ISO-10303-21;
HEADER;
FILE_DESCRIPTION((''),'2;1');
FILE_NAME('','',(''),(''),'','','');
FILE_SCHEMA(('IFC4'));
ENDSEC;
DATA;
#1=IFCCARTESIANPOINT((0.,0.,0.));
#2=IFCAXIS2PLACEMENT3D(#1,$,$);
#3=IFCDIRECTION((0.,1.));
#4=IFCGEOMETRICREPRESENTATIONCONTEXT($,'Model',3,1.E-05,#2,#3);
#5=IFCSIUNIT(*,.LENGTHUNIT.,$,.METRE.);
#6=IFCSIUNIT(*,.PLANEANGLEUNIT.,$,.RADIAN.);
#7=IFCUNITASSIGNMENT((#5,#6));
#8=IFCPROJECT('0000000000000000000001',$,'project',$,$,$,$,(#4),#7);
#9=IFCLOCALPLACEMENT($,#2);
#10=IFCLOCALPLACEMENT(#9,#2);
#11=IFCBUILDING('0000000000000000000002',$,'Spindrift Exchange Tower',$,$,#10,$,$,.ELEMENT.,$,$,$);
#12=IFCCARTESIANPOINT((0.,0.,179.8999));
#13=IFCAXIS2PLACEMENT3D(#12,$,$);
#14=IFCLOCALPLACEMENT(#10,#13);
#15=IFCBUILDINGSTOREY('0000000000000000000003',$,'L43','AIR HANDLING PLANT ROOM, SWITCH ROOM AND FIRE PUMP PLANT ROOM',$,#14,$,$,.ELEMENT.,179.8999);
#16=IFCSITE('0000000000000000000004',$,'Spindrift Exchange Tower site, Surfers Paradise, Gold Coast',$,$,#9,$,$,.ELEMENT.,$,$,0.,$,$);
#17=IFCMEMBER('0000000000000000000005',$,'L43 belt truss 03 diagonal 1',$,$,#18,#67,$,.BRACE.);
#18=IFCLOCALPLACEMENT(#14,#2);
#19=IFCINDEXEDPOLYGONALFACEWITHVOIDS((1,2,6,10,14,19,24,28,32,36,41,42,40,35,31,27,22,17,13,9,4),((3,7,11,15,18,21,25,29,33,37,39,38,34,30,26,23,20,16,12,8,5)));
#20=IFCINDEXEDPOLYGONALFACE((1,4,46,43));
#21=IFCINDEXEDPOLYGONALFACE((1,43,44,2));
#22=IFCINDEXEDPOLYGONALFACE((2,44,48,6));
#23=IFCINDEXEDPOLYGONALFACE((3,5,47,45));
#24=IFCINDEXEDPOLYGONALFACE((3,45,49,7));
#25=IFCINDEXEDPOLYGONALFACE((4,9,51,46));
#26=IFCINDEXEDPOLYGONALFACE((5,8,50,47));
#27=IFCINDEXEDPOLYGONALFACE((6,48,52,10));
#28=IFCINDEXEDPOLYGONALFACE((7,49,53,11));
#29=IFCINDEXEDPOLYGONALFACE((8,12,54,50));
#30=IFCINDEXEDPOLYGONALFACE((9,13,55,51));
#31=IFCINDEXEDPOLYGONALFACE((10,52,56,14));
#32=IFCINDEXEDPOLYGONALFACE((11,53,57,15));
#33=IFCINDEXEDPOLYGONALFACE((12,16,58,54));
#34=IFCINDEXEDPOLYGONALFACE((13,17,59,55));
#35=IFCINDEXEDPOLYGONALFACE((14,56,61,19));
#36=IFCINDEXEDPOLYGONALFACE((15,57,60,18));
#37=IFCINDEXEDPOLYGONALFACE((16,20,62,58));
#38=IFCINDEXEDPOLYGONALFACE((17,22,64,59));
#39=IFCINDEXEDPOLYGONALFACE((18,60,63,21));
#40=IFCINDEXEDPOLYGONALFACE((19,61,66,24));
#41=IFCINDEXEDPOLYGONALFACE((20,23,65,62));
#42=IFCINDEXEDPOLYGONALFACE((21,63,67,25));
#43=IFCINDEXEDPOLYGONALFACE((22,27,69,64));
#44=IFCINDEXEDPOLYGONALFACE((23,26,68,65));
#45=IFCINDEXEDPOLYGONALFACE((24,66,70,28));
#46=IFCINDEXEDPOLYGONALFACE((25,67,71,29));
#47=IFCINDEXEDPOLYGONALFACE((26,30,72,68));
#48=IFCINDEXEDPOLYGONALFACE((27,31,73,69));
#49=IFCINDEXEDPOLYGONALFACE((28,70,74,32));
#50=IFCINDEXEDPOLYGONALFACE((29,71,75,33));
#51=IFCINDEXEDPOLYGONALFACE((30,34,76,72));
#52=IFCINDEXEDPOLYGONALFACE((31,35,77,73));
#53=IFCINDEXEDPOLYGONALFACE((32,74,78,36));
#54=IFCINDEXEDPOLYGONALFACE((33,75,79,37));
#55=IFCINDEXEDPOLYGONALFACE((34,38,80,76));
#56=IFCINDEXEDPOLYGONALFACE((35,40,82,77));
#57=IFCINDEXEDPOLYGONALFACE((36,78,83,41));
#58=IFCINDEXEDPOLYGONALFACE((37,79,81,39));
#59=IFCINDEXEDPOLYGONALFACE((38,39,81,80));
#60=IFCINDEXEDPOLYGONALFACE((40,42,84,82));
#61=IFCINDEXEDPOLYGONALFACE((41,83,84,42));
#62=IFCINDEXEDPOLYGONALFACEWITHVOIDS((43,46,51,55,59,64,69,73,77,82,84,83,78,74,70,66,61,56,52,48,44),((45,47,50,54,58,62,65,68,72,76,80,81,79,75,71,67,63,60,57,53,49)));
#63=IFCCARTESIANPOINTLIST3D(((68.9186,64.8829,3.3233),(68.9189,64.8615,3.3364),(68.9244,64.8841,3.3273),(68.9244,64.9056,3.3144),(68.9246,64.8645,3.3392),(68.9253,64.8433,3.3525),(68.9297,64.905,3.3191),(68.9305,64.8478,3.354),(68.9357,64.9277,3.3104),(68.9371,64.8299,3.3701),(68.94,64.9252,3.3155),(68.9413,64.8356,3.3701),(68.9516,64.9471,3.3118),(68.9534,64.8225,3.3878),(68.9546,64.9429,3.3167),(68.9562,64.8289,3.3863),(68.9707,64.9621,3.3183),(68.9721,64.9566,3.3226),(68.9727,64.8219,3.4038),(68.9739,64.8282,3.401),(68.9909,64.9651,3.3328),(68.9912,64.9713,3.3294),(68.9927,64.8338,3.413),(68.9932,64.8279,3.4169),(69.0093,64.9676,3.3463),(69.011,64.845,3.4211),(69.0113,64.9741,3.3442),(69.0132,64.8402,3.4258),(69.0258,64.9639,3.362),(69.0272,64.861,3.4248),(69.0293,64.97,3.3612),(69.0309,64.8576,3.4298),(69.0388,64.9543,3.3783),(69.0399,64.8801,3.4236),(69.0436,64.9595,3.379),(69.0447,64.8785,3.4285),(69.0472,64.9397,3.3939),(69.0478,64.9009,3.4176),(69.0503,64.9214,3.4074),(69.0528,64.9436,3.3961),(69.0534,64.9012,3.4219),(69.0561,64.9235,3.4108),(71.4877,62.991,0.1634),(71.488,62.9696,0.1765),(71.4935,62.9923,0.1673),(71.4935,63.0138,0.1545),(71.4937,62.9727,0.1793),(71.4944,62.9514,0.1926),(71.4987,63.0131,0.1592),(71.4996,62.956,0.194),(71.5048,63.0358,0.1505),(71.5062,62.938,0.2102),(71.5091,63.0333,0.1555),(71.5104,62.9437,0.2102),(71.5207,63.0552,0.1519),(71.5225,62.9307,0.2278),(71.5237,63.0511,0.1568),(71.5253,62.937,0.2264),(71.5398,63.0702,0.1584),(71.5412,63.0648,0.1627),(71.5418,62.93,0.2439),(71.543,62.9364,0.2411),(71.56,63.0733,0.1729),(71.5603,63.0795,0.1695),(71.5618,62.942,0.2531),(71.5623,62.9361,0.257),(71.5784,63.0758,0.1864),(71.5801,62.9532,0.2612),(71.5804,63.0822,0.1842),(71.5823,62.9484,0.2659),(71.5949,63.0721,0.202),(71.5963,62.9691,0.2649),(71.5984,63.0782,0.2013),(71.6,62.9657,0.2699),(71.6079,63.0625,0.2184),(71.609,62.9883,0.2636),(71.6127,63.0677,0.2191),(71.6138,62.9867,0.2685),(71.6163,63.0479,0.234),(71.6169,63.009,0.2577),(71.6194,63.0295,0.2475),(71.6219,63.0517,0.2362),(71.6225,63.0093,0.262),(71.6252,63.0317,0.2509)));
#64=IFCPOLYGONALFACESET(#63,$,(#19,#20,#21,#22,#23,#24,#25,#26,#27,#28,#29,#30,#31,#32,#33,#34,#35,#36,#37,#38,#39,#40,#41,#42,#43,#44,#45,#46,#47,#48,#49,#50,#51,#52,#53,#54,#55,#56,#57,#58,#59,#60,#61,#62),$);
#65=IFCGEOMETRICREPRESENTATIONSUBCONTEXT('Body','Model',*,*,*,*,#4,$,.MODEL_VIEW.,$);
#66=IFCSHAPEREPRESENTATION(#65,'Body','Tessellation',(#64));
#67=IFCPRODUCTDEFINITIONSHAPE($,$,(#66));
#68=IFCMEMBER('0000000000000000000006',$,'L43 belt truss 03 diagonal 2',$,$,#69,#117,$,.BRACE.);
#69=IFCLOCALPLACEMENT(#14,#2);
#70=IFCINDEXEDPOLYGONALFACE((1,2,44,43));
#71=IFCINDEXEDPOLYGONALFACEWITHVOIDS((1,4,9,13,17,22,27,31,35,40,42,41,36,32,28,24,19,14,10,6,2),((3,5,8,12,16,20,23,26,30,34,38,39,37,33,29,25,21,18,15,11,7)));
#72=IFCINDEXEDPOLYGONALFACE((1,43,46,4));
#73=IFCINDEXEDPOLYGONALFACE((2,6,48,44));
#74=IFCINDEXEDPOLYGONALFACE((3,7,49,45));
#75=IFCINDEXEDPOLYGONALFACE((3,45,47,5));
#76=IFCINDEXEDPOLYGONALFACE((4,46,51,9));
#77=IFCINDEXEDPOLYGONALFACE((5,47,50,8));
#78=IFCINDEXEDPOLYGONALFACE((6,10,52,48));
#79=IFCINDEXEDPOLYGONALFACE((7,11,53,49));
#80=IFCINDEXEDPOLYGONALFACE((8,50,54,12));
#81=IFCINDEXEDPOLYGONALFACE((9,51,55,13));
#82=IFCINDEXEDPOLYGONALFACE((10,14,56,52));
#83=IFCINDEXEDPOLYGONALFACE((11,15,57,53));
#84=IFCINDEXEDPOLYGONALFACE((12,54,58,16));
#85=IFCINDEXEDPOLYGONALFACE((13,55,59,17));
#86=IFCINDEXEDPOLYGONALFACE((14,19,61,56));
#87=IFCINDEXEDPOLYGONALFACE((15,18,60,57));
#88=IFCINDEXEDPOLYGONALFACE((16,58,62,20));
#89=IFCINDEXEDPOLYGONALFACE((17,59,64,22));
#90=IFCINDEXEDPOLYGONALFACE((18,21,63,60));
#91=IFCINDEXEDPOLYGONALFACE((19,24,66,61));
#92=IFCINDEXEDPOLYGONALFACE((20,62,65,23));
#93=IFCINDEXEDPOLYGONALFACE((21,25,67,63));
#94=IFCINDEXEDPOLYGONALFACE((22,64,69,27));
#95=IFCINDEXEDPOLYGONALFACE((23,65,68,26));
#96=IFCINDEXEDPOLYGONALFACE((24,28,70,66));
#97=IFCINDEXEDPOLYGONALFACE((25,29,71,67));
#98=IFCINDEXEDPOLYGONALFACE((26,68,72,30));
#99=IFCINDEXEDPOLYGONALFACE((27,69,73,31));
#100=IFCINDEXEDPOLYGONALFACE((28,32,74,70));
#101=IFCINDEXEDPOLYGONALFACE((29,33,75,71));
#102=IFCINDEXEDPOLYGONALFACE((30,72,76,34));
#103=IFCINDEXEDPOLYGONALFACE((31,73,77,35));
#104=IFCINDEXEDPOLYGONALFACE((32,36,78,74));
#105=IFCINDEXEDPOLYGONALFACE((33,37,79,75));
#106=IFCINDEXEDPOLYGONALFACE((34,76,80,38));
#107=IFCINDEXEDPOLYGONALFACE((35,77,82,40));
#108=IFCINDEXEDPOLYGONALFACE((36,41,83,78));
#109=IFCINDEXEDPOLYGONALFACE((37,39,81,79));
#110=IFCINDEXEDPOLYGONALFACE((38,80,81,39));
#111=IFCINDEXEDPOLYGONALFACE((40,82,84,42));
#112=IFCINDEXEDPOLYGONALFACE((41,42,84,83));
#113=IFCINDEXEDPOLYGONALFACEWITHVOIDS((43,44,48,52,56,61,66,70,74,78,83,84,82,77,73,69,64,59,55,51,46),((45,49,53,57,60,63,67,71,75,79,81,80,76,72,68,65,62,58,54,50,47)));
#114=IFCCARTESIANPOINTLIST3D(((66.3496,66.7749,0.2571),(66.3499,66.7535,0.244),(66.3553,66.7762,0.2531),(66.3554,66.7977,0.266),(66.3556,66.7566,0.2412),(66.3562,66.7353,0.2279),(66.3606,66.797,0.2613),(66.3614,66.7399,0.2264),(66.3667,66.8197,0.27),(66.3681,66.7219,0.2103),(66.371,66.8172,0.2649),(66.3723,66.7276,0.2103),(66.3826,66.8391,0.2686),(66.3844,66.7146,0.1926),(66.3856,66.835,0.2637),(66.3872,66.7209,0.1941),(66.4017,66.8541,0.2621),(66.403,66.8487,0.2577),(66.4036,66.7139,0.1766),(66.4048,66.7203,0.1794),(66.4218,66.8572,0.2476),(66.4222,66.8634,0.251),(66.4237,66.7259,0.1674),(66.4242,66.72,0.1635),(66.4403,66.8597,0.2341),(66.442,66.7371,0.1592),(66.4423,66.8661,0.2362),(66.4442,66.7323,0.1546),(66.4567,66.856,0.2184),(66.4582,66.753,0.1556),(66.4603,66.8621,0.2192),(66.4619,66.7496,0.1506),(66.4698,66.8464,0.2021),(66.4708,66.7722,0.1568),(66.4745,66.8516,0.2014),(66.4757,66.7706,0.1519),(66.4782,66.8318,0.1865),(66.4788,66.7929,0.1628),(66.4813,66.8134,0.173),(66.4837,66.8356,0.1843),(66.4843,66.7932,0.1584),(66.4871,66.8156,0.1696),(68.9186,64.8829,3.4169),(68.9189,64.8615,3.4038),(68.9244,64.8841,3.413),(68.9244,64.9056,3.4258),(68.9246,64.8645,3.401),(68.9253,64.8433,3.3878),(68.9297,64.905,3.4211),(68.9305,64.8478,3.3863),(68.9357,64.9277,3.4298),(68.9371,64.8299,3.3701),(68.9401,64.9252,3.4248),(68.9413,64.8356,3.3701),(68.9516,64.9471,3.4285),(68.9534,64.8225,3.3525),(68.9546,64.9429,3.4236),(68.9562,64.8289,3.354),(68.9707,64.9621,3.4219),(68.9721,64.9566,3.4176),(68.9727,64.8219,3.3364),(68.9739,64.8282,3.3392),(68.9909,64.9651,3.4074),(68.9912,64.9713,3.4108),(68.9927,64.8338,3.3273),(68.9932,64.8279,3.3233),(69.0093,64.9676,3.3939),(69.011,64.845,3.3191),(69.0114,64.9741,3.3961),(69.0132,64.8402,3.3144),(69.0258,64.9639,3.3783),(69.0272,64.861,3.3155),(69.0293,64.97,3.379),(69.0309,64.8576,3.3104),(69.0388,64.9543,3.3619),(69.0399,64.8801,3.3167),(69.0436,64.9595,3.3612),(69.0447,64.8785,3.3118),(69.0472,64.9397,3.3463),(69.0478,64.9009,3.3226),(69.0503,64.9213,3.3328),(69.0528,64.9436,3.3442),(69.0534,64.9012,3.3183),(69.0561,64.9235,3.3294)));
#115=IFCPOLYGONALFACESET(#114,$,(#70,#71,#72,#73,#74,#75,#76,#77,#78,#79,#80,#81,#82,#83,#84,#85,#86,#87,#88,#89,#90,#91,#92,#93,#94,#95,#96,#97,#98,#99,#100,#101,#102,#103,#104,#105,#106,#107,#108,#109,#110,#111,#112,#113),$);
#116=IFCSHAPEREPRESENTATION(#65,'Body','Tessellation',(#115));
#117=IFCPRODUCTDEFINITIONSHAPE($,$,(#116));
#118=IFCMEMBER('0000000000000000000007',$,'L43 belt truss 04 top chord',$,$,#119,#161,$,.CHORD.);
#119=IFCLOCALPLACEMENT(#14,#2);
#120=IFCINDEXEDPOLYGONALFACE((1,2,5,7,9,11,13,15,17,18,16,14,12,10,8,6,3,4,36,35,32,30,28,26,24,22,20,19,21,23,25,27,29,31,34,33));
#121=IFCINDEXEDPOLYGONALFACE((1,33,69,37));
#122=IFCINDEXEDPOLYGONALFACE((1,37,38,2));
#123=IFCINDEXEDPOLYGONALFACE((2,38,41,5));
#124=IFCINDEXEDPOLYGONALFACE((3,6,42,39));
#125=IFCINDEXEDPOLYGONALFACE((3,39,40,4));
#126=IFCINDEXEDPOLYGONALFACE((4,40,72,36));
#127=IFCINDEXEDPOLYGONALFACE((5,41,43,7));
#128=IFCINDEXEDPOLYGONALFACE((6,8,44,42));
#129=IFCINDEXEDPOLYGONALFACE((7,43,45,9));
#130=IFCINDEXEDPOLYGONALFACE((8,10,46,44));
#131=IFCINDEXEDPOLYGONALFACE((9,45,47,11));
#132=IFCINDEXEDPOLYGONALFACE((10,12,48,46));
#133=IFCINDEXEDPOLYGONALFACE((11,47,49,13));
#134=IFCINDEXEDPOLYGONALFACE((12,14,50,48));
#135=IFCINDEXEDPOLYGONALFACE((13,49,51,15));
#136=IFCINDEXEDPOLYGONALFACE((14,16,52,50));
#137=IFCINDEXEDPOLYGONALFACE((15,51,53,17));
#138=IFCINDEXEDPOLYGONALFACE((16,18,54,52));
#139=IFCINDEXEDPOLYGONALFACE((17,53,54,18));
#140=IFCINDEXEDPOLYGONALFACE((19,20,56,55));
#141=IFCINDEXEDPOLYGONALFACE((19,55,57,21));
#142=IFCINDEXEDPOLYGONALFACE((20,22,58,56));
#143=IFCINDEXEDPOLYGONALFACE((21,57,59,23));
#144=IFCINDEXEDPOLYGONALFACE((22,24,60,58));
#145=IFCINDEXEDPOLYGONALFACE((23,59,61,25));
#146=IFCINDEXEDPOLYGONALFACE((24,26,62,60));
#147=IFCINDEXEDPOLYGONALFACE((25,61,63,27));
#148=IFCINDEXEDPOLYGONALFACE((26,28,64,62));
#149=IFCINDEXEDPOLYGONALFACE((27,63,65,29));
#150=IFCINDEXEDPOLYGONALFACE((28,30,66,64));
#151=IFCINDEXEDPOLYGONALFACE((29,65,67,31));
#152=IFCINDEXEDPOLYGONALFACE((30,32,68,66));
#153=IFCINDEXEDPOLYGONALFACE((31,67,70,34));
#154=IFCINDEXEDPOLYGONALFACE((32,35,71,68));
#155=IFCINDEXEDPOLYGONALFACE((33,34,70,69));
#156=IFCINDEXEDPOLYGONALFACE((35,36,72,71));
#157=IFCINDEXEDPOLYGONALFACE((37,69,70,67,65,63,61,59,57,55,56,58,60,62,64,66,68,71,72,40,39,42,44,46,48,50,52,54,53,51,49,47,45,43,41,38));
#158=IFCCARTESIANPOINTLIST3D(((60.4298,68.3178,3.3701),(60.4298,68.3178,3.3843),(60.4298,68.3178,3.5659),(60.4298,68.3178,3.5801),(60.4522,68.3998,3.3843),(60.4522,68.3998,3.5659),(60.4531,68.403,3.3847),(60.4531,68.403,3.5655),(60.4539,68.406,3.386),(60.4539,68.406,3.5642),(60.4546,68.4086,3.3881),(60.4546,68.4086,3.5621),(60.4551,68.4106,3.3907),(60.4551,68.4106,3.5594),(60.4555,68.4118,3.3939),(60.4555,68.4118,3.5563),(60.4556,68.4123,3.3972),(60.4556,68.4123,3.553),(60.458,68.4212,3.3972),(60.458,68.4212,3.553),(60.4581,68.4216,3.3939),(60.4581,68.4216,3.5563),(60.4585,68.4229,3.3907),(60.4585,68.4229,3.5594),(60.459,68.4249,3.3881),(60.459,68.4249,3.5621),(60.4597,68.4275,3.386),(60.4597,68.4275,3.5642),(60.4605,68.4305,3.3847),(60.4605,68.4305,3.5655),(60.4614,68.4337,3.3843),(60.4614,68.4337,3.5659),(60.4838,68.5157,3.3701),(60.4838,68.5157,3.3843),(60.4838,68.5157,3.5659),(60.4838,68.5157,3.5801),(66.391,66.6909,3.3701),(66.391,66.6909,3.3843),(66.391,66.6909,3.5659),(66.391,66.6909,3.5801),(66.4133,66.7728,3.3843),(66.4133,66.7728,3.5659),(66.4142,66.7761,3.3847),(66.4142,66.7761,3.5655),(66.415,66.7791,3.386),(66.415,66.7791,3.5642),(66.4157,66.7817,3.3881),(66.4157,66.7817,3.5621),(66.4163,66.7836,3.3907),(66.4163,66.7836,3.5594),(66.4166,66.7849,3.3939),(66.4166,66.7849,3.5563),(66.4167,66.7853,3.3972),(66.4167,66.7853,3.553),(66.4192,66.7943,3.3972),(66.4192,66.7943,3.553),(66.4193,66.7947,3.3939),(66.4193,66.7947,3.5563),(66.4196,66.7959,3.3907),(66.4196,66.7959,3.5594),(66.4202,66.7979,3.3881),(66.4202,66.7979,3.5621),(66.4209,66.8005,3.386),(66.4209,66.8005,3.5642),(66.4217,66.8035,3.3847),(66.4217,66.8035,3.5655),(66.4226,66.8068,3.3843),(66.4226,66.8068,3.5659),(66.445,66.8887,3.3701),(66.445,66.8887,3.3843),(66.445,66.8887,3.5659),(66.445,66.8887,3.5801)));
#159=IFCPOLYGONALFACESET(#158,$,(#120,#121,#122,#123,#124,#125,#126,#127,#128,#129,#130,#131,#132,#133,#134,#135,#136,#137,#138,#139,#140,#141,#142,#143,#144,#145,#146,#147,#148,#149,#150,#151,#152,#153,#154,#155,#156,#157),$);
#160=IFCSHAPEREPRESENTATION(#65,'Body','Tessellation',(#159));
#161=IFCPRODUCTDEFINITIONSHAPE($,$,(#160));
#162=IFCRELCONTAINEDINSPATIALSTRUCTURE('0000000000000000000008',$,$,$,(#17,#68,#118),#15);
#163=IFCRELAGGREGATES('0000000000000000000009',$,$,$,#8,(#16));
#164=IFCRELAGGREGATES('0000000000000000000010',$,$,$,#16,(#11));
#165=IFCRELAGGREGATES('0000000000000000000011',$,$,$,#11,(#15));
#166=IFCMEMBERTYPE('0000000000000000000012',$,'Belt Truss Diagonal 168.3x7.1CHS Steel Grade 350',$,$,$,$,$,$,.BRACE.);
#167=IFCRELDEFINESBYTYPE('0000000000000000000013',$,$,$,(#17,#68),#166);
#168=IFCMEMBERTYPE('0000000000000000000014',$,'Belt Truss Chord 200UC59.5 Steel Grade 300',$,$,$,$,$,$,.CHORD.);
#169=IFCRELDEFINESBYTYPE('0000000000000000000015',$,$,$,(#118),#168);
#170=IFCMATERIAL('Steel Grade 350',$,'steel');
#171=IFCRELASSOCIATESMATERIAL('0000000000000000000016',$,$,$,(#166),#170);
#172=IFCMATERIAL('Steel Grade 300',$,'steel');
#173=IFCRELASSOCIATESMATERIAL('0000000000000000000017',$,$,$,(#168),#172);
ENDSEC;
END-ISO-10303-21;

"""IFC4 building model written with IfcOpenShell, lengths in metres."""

from ifc_helpers import new_model, si_unit, direction, frame, origin, origin_2d, place, context, subcontext, project, spatial, hollow_circle, i_section, extrude, source, transform, mapped, material, material_profile, profile_set, type_object, element, save


model = new_model("IFC4")

# Units and contexts
model_context = context("Model", 3, precision=1e-05, world=origin(), true_north=direction((0.0, 1.0)))
body_context = subcontext(model_context, "Body", "Model", "MODEL_VIEW")
ifc_project = project(units=[si_unit("LENGTHUNIT", "METRE"), si_unit("PLANEANGLEUNIT", "RADIAN")], contexts=[model_context])

# Site, building, storey
site_placement = place(None, origin())
site = spatial("IfcSite", under=ifc_project, at=site_placement, Name="Spindrift Exchange Tower site, Surfers Paradise, Gold Coast", CompositionType="ELEMENT", RefElevation=0.0)
building_placement = place(site_placement, origin())
building = spatial("IfcBuilding", under=site, at=building_placement, Name="Spindrift Exchange Tower", CompositionType="ELEMENT")
storey_placement = place(building_placement, frame((0.0, 0.0, 179.8999)))
storey = spatial("IfcBuildingStorey", under=building, at=storey_placement, Name="L43", Description="AIR HANDLING PLANT ROOM, SWITCH ROOM AND FIRE PUMP PLANT ROOM", CompositionType="ELEMENT", Elevation=179.8999)

# Shared definitions
ifc_material_1 = material(Name="Steel Grade 300", Category="steel")

# Members
ifc_material_2 = material(Name="Steel Grade 350", Category="steel")
ifc_material_profile_1 = material_profile(ifc_material_2, hollow_circle(Radius=0.0842, WallThickness=0.0071, at=origin_2d()), Name="168.3x7.1CHS")
ifc_profile_set_1 = profile_set([ifc_material_profile_1], Name="Steel Grade 350")
member_type_1 = type_object("IfcMemberType", Name="Belt Truss Diagonal 168.3x7.1CHS Steel Grade 350", PredefinedType="BRACE", material=ifc_profile_set_1)
ifc_material_profile_2 = material_profile(ifc_material_1, i_section(OverallWidth=0.2051, OverallDepth=0.21, WebThickness=0.0093, FlangeThickness=0.0142, FilletRadius=0.0129, at=origin_2d()), Name="200UC59.5")
ifc_profile_set_2 = profile_set([ifc_material_profile_2], Name="Steel Grade 300")
member_type_2 = type_object("IfcMemberType", Name="Belt Truss Chord 200UC59.5 Steel Grade 300", PredefinedType="CHORD", material=ifc_profile_set_2)
shared_shape_1 = source(origin(), body_context, "Body", "SweptSolid", [
    extrude(hollow_circle(Radius=0.0842, WallThickness=0.0071, at=origin_2d()), origin(), (0.0, 0.0, 1.0), 4.4905),
])
for number, where, z_axis, x_axis, name in (
    (1, (71.5562, 63.0059, 0.2102), (-0.57212, 0.421302, 0.703692), (-0.592961, -0.805231, 0.0), "L43 belt truss 03 diagonal 1"),
    (2, (68.9871, 64.8977, 3.3701), (-0.572107, 0.421347, -0.703676), (-0.593011, -0.805194, 0.0), "L43 belt truss 03 diagonal 2"),
):
    element("IfcMember", number, at=place(storey_placement, frame(where, z_axis=z_axis, x_axis=x_axis)), inside=storey, type_object=member_type_1, Name=name, PredefinedType="BRACE", context=body_context, shape_type="MappedRepresentation", body=[
        mapped(shared_shape_1, transform((0.0, 0.0, 0.0), scale=1.0)),
    ])
shared_shape_2 = source(origin(), body_context, "Body", "SweptSolid", [
    extrude(i_section(OverallWidth=0.2051, OverallDepth=0.21, WebThickness=0.0093, FlangeThickness=0.0142, FilletRadius=0.0129, at=origin_2d()), origin(), (0.0, 0.0, 1.0), 6.1792),
])
for number, where, z_axis, x_axis, name in (
    (3, (66.418, 66.7898, 3.4751), (-0.964715, 0.263295, 0.0), (-0.263295, -0.964715, 0.0), "L43 belt truss 04 top chord"),
):
    element("IfcMember", number, at=place(storey_placement, frame(where, z_axis=z_axis, x_axis=x_axis)), inside=storey, type_object=member_type_2, Name=name, PredefinedType="CHORD", context=body_context, shape_type="MappedRepresentation", body=[
        mapped(shared_shape_2, transform((0.0, 0.0, 0.0), scale=1.0)),
    ])

save(model, "model.ifc")
